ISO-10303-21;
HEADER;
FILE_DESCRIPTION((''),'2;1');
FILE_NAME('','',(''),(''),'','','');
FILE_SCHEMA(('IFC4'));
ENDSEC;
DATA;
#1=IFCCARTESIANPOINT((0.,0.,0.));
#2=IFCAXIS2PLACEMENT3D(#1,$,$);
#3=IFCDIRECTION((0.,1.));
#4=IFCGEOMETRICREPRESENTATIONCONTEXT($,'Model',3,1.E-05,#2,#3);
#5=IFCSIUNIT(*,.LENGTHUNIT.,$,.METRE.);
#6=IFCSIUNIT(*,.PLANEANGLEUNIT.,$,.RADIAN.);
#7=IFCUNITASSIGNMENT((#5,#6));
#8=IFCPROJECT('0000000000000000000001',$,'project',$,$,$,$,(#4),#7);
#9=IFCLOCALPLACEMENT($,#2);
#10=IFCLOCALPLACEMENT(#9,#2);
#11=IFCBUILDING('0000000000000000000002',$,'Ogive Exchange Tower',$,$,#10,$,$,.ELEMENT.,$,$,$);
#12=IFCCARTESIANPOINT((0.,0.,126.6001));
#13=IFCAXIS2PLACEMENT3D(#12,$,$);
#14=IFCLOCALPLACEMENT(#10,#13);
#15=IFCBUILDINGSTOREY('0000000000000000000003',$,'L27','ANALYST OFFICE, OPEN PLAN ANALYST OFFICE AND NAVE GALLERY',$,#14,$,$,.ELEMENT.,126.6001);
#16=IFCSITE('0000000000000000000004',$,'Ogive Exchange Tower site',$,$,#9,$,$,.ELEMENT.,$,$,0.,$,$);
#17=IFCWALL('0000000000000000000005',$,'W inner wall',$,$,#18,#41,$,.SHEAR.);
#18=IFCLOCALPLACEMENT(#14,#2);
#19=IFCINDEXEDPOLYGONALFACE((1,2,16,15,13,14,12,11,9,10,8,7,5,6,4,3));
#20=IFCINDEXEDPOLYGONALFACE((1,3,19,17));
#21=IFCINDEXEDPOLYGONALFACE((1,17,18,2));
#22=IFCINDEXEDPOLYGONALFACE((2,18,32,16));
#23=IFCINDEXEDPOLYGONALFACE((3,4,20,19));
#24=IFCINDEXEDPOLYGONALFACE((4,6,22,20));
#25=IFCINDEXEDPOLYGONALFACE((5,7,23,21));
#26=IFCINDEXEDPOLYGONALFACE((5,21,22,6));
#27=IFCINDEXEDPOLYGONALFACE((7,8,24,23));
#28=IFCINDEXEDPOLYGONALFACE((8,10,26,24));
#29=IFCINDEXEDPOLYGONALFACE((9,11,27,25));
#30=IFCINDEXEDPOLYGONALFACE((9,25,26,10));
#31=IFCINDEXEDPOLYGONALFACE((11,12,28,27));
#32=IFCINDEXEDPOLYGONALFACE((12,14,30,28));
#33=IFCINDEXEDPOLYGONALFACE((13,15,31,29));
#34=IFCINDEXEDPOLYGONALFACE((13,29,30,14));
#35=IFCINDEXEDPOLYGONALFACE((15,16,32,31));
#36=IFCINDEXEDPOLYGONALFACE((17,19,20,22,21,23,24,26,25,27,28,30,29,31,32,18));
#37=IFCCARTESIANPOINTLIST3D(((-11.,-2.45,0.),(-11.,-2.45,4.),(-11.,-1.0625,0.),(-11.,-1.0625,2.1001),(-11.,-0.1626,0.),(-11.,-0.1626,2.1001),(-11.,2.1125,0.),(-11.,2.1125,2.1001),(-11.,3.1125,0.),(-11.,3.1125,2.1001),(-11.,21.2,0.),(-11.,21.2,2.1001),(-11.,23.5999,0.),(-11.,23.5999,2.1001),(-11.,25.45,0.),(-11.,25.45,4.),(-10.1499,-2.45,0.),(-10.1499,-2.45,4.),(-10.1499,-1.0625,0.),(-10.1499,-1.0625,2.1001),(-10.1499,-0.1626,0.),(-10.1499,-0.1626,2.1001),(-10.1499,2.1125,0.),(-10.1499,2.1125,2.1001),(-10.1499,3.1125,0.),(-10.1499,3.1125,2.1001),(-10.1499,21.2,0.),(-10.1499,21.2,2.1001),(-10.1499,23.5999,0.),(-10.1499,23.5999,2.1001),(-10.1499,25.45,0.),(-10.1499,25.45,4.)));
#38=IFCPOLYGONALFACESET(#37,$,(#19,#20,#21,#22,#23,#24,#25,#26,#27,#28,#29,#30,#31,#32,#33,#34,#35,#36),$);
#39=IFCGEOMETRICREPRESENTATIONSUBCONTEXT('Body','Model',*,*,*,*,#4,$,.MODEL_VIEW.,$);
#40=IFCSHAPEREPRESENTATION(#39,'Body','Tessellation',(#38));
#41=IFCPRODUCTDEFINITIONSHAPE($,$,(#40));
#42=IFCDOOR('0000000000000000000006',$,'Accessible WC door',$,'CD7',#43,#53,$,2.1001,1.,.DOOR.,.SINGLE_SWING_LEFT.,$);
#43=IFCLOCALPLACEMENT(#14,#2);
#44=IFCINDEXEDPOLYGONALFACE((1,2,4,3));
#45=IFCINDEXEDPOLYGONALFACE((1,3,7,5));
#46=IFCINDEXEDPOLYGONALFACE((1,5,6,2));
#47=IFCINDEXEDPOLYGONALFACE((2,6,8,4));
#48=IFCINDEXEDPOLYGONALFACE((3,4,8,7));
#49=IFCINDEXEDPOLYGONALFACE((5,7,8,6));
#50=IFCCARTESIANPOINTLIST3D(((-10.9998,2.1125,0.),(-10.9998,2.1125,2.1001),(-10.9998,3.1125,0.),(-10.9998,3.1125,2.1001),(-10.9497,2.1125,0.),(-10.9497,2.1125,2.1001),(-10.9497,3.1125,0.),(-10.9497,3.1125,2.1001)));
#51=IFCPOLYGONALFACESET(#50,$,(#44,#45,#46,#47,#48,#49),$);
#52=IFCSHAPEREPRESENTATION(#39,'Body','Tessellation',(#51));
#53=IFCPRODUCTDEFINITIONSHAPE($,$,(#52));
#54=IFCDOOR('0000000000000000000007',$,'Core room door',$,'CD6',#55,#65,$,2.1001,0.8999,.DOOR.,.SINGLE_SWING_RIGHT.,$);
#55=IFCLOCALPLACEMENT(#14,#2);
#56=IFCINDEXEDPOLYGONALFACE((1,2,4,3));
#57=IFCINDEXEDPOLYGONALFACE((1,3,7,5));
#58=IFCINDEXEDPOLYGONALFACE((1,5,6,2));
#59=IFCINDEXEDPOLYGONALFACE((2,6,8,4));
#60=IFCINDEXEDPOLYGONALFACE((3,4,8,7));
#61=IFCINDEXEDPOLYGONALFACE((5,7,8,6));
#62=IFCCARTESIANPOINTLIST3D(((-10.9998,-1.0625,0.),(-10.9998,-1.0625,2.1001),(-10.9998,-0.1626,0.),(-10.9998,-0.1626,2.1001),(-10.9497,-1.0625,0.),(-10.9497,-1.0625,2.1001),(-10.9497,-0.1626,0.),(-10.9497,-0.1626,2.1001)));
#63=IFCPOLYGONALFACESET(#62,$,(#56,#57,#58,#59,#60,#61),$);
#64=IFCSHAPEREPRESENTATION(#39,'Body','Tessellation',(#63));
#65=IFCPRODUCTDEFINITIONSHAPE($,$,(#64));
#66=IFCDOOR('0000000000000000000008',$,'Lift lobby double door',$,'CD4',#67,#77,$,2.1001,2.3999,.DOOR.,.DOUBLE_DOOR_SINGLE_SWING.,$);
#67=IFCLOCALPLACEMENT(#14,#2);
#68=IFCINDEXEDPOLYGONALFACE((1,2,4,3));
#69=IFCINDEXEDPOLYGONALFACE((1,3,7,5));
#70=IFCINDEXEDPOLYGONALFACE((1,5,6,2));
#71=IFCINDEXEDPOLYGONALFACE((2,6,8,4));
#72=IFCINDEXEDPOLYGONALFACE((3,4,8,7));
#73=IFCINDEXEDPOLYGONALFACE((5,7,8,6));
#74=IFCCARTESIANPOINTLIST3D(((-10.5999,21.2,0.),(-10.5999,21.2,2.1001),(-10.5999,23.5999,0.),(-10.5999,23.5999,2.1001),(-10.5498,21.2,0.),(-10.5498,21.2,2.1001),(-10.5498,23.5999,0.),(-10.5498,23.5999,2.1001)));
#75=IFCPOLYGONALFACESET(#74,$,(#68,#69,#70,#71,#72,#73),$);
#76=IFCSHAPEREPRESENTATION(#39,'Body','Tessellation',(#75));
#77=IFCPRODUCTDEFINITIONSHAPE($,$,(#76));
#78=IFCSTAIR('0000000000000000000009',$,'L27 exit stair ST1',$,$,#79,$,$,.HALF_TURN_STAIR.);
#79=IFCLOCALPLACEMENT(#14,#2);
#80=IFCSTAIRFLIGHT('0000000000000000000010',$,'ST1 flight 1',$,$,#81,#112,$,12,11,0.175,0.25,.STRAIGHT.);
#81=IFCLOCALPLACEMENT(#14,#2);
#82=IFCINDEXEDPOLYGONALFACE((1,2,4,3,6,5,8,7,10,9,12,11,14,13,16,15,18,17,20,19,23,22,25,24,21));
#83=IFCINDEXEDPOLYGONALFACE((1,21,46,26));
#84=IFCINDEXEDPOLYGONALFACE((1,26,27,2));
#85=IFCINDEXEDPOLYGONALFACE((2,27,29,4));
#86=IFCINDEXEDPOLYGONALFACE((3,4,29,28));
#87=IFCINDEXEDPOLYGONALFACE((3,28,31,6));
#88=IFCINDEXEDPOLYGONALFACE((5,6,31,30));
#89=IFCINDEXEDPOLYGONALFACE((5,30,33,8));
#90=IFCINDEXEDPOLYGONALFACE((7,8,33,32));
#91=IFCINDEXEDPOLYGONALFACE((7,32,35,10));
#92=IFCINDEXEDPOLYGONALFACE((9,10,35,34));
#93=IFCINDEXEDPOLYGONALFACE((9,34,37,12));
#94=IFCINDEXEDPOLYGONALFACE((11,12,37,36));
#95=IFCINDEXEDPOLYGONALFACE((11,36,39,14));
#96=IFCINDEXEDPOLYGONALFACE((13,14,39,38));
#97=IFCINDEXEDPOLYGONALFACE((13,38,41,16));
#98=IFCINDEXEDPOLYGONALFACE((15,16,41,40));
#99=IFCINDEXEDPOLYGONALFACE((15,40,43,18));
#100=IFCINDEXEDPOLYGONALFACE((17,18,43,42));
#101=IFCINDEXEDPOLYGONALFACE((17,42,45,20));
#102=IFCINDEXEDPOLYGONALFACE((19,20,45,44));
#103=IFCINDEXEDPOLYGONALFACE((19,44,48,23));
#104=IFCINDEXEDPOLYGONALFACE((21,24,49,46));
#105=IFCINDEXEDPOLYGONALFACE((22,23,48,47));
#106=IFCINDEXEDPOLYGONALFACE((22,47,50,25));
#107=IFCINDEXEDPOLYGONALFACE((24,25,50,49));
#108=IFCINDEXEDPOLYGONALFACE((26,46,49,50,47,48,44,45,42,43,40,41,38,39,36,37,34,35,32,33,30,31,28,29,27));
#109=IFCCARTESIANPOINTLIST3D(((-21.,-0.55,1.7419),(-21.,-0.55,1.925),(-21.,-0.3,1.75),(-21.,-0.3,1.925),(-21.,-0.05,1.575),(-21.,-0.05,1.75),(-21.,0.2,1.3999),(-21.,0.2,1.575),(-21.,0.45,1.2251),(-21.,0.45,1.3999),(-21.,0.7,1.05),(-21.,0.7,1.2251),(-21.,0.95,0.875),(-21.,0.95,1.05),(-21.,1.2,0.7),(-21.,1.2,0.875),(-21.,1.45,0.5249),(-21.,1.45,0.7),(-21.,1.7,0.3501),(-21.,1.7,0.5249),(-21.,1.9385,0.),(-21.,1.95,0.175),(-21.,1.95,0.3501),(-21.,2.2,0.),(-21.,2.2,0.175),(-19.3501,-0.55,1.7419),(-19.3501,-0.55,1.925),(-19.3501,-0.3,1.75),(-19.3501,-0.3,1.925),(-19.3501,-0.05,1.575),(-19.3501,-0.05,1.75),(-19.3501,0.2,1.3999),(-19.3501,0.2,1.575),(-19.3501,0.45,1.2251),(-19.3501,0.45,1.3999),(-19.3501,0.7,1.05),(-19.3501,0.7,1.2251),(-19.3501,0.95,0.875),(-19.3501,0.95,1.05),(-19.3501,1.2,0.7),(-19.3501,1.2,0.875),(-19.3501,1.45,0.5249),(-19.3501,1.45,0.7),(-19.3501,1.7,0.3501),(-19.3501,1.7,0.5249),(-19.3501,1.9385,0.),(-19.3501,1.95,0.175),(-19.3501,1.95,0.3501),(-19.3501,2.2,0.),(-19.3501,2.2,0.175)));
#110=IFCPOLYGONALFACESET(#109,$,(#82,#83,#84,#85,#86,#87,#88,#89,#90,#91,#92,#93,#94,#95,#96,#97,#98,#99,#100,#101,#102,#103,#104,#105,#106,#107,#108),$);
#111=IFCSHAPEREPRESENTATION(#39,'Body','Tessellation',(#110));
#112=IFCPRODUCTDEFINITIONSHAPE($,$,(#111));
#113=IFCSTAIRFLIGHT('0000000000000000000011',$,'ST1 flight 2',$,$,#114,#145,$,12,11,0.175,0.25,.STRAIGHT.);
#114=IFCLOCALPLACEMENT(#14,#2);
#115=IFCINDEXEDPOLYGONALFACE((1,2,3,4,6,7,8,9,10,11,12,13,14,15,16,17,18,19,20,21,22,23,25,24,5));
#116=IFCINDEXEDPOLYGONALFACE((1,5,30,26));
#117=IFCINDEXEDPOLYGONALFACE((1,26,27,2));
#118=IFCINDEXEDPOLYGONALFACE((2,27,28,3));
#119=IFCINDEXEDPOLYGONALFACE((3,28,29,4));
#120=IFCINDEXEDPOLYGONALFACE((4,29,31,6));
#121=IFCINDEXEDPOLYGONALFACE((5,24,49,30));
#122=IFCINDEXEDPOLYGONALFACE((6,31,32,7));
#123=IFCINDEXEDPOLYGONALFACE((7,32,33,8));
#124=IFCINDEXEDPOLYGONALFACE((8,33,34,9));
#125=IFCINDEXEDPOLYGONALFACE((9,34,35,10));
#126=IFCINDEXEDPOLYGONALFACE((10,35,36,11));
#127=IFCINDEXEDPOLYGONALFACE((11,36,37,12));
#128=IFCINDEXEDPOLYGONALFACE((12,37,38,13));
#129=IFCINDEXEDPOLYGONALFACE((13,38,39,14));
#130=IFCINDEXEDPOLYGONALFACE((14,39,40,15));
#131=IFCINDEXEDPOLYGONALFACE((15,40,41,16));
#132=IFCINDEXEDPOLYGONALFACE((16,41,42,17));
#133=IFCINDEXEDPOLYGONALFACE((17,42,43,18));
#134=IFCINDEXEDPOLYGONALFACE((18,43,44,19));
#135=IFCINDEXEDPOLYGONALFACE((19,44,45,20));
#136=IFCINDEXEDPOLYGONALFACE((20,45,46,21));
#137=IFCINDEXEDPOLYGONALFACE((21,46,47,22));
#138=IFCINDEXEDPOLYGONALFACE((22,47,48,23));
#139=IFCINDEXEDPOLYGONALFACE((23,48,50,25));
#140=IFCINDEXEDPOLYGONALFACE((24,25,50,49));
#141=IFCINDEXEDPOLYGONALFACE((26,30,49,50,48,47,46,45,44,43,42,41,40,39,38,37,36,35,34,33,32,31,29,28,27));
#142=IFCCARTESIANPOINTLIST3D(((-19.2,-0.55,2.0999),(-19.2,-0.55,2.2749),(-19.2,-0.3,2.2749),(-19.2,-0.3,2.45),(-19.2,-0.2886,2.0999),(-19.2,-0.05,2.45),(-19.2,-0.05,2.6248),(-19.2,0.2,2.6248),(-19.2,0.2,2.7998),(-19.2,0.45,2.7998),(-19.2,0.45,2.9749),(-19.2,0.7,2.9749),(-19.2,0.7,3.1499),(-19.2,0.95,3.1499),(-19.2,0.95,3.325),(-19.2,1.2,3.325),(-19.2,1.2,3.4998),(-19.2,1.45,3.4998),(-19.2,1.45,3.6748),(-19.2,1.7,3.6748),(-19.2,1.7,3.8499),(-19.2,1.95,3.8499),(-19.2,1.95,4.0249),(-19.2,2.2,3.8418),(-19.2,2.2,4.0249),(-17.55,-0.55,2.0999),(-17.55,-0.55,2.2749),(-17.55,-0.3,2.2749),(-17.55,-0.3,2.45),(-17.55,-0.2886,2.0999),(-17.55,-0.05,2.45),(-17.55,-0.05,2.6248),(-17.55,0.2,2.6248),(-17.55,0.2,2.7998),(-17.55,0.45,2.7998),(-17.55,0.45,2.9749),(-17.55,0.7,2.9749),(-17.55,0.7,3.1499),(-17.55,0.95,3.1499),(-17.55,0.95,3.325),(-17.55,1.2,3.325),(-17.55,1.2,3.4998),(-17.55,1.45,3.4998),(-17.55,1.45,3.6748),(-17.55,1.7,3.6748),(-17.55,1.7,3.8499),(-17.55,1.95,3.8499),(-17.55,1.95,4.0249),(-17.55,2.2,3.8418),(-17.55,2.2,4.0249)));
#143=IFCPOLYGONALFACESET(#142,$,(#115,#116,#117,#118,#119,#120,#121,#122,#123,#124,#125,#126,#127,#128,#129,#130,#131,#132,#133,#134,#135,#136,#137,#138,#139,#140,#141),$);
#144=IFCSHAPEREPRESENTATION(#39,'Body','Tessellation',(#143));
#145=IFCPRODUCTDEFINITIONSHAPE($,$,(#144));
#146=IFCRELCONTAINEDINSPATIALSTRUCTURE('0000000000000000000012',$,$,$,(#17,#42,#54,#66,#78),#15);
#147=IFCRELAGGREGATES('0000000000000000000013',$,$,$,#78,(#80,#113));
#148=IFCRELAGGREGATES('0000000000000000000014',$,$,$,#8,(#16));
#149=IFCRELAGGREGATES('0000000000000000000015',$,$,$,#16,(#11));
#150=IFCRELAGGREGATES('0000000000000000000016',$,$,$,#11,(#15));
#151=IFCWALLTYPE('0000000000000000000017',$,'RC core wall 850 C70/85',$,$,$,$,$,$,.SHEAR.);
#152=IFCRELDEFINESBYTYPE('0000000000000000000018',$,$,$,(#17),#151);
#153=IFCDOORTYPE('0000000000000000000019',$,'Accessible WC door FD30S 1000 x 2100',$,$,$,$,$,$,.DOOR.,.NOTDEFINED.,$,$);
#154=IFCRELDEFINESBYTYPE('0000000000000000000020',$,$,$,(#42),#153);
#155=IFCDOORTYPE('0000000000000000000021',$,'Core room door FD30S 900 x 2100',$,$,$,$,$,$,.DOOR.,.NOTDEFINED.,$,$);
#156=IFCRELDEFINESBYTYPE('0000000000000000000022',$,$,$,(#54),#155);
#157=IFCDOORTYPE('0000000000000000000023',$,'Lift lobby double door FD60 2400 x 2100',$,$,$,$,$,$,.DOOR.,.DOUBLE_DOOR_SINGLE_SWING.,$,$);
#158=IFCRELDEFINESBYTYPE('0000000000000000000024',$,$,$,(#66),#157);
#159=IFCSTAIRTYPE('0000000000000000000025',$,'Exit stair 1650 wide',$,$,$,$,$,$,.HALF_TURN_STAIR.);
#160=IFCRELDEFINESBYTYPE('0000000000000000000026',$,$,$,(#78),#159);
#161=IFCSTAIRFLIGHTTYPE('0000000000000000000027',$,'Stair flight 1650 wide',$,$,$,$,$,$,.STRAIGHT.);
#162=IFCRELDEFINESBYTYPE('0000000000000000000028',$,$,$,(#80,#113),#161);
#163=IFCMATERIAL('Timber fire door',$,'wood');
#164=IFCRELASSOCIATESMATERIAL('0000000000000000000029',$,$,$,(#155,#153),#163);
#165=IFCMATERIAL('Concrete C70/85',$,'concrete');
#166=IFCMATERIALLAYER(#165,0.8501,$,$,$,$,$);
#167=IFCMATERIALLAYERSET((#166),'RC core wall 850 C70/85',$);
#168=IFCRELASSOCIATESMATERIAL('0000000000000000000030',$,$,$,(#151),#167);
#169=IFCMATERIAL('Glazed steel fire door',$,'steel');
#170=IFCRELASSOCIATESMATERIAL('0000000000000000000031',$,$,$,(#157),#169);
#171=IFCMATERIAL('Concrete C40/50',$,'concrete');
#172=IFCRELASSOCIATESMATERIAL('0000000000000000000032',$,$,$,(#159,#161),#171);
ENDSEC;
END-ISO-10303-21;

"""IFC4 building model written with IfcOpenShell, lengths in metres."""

from ifc_helpers import new_model, si_unit, direction, frame, frame_2d, origin, place, context, subcontext, project, spatial, polyline, rectangle, outline, extrude, material, layer, layer_set, type_object, element, fill, aggregate, save


model = new_model("IFC4")

# Units and contexts
model_context = context("Model", 3, precision=1e-05, world=origin(), true_north=direction((0.0, 1.0)))
body_context = subcontext(model_context, "Body", "Model", "MODEL_VIEW")
ifc_project = project(units=[si_unit("LENGTHUNIT", "METRE"), si_unit("PLANEANGLEUNIT", "RADIAN")], contexts=[model_context])

# Site, building, storey
site_placement = place(None, origin())
site = spatial("IfcSite", under=ifc_project, at=site_placement, Name="Ogive Exchange Tower site", CompositionType="ELEMENT", RefElevation=0.0)
building_placement = place(site_placement, origin())
building = spatial("IfcBuilding", under=site, at=building_placement, Name="Ogive Exchange Tower", CompositionType="ELEMENT")
storey_placement = place(building_placement, frame((0.0, 0.0, 126.6001)))
storey = spatial("IfcBuildingStorey", under=building, at=storey_placement, Name="L27", Description="ANALYST OFFICE, OPEN PLAN ANALYST OFFICE AND NAVE GALLERY", CompositionType="ELEMENT", Elevation=126.6001)

# Shared definitions
ifc_material_1 = material(Name="Concrete C70/85", Category="concrete")

# Shared definitions
ifc_material_2 = material(Name="Timber fire door", Category="wood")
door_type_1 = type_object("IfcDoorType", Name="Core room door FD30S 900 x 2100", OperationType="NOTDEFINED", PredefinedType="DOOR", material=ifc_material_2)

# Wall, openings, doors
ifc_layer_1 = layer(ifc_material_1, 0.8501)
ifc_layer_set_1 = layer_set([ifc_layer_1], Name="RC core wall 850 C70/85")
wall_type_1 = type_object("IfcWallType", Name="RC core wall 850 C70/85", PredefinedType="SHEAR", material=ifc_layer_set_1)
wall_1_placement = place(storey_placement, frame((-10.575, -2.45, 0.0), z_axis=(0.0, 0.0, 1.0), x_axis=(0.0, 1.0, 0.0)))
wall_1 = element("IfcWall", 1, at=wall_1_placement, inside=storey, type_object=wall_type_1, Name="W inner wall", PredefinedType="SHEAR", context=body_context, shape_type="SweptSolid", body=[
    extrude(rectangle(XDim=27.8999, YDim=0.8501, at=frame_2d((13.95, 0.0))), origin(), (0.0, 0.0, 1.0), 4.0),
])
opening_1_placement = place(wall_1_placement, frame((23.6499, 0.0, 0.0)))
opening_1 = element("IfcOpeningElement", 2, at=opening_1_placement, cuts=wall_1, PredefinedType="OPENING", context=body_context, shape_type="SweptSolid", body=[
    extrude(rectangle(XDim=2.3999, YDim=2.1001, at=frame_2d((1.2, 1.05))), frame((0.0, 0.4351, 0.0), z_axis=(0.0, -1.0, 0.0), x_axis=(1.0, 0.0, 0.0)), (0.0, 0.0, 1.0), 0.8701),
])
opening_2_placement = place(wall_1_placement, frame((1.3875, 0.0, 0.0)))
opening_2 = element("IfcOpeningElement", 3, at=opening_2_placement, cuts=wall_1, PredefinedType="OPENING", context=body_context, shape_type="SweptSolid", body=[
    extrude(rectangle(XDim=0.8999, YDim=2.1001, at=frame_2d((0.45, 1.05))), frame((0.0, 0.4351, 0.0), z_axis=(0.0, -1.0, 0.0), x_axis=(1.0, 0.0, 0.0)), (0.0, 0.0, 1.0), 0.8701),
])
opening_3_placement = place(wall_1_placement, frame((4.5625, 0.0, 0.0)))
opening_3 = element("IfcOpeningElement", 4, at=opening_3_placement, cuts=wall_1, PredefinedType="OPENING", context=body_context, shape_type="SweptSolid", body=[
    extrude(rectangle(XDim=1.0, YDim=2.1001, at=frame_2d((0.5, 1.05))), frame((0.0, 0.4351, 0.0), z_axis=(0.0, -1.0, 0.0), x_axis=(1.0, 0.0, 0.0)), (0.0, 0.0, 1.0), 0.8701),
])
door_type_2 = type_object("IfcDoorType", Name="Accessible WC door FD30S 1000 x 2100", OperationType="NOTDEFINED", PredefinedType="DOOR", material=ifc_material_2)
door_1_placement = place(opening_3_placement, origin())
door_1 = element("IfcDoor", 5, at=door_1_placement, inside=storey, type_object=door_type_2, Name="Accessible WC door", ObjectType="CD7", OperationType="SINGLE_SWING_LEFT", OverallHeight=2.1001, OverallWidth=1.0, PredefinedType="DOOR", context=body_context, shape_type="SweptSolid", body=[
    extrude(rectangle(XDim=1.0, YDim=2.1001, at=frame_2d((0.5, 1.05))), frame((0.0, 0.4248, 0.0), z_axis=(0.0, -1.0, 0.0), x_axis=(1.0, 0.0, 0.0)), (0.0, 0.0, 1.0), 0.05),
])
fill(opening_3, door_1)
door_2_placement = place(opening_2_placement, origin())
door_2 = element("IfcDoor", 6, at=door_2_placement, inside=storey, type_object=door_type_1, Name="Core room door", ObjectType="CD6", OperationType="SINGLE_SWING_RIGHT", OverallHeight=2.1001, OverallWidth=0.8999, PredefinedType="DOOR", context=body_context, shape_type="SweptSolid", body=[
    extrude(rectangle(XDim=0.8999, YDim=2.1001, at=frame_2d((0.45, 1.05))), frame((0.0, 0.4248, 0.0), z_axis=(0.0, -1.0, 0.0), x_axis=(1.0, 0.0, 0.0)), (0.0, 0.0, 1.0), 0.05),
])
fill(opening_2, door_2)
ifc_material_3 = material(Name="Glazed steel fire door", Category="steel")
door_type_3 = type_object("IfcDoorType", Name="Lift lobby double door FD60 2400 x 2100", OperationType="DOUBLE_DOOR_SINGLE_SWING", PredefinedType="DOOR", material=ifc_material_3)
door_3_placement = place(opening_1_placement, origin())
door_3 = element("IfcDoor", 7, at=door_3_placement, inside=storey, type_object=door_type_3, Name="Lift lobby double door", ObjectType="CD4", OperationType="DOUBLE_DOOR_SINGLE_SWING", OverallHeight=2.1001, OverallWidth=2.3999, PredefinedType="DOOR", context=body_context, shape_type="SweptSolid", body=[
    extrude(rectangle(XDim=2.3999, YDim=2.1001, at=frame_2d((1.2, 1.05))), frame((0.0, 0.0249, 0.0), z_axis=(0.0, -1.0, 0.0), x_axis=(1.0, 0.0, 0.0)), (0.0, 0.0, 1.0), 0.05),
])
fill(opening_1, door_3)

# Stair, stair flights
ifc_material_4 = material(Name="Concrete C40/50", Category="concrete")
stair_type = type_object("IfcStairType", Name="Exit stair 1650 wide", PredefinedType="HALF_TURN_STAIR", material=ifc_material_4)
stair_placement = place(storey_placement, origin())
stair = element("IfcStair", 8, at=stair_placement, inside=storey, type_object=stair_type, Name="L27 exit stair ST1", PredefinedType="HALF_TURN_STAIR")
stair_flight_type = type_object("IfcStairFlightType", Name="Stair flight 1650 wide", PredefinedType="STRAIGHT", material=ifc_material_4)
stair_flight_1_placement = place(storey_placement, frame((-20.175, 2.2, 0.0), z_axis=(0.0, 0.0, 1.0), x_axis=(0.0, -1.0, 0.0)))
stair_flight_1 = element("IfcStairFlight", 9, at=stair_flight_1_placement, type_object=stair_flight_type, Name="ST1 flight 1", NumberOfRisers=12, NumberOfTreads=11, PredefinedType="STRAIGHT", RiserHeight=0.175, TreadLength=0.25, context=body_context, shape_type="SweptSolid", body=[
    extrude(outline(polyline([(0.0, 0.0), (0.0, 0.175), (0.25, 0.175), (0.25, 0.3501), (0.5, 0.3501), (0.5, 0.5249), (0.75, 0.5249), (0.75, 0.7), (1.0, 0.7), (1.0, 0.875), (1.25, 0.875), (1.25, 1.05), (1.5, 1.05), (1.5, 1.2251), (1.75, 1.2251), (1.75, 1.3999), (2.0, 1.3999), (2.0, 1.575), (2.25, 1.575), (2.25, 1.75), (2.5, 1.75), (2.5, 1.925), (2.75, 1.925), (2.75, 2.1001), (2.75, 1.7419), (0.2615, 0.0), (0.0, 0.0)])), frame((0.0, 0.825, 0.0), z_axis=(0.0, -1.0, 0.0), x_axis=(1.0, 0.0, 0.0)), (0.0, 0.0, 1.0), 1.6499),
])
stair_flight_2_placement = place(storey_placement, frame((-18.375, -0.55, 2.0999), z_axis=(0.0, 0.0, 1.0), x_axis=(0.0, 1.0, 0.0)))
stair_flight_2 = element("IfcStairFlight", 10, at=stair_flight_2_placement, type_object=stair_flight_type, Name="ST1 flight 2", NumberOfRisers=12, NumberOfTreads=11, PredefinedType="STRAIGHT", RiserHeight=0.175, TreadLength=0.25, context=body_context, shape_type="SweptSolid", body=[
    extrude(outline(polyline([(0.0, 0.0), (0.0, 0.175), (0.25, 0.175), (0.25, 0.3501), (0.5, 0.3501), (0.5, 0.5249), (0.75, 0.5249), (0.75, 0.7), (1.0, 0.7), (1.0, 0.875), (1.25, 0.875), (1.25, 1.05), (1.5, 1.05), (1.5, 1.2251), (1.75, 1.2251), (1.75, 1.3999), (2.0, 1.3999), (2.0, 1.575), (2.25, 1.575), (2.25, 1.75), (2.5, 1.75), (2.5, 1.925), (2.75, 1.925), (2.75, 2.1001), (2.75, 1.7419), (0.2615, 0.0), (0.0, 0.0)])), frame((0.0, 0.825, 0.0), z_axis=(0.0, -1.0, 0.0), x_axis=(1.0, 0.0, 0.0)), (0.0, 0.0, 1.0), 1.6499),
])
aggregate(stair, [stair_flight_1, stair_flight_2])

save(model, "model.ifc")
